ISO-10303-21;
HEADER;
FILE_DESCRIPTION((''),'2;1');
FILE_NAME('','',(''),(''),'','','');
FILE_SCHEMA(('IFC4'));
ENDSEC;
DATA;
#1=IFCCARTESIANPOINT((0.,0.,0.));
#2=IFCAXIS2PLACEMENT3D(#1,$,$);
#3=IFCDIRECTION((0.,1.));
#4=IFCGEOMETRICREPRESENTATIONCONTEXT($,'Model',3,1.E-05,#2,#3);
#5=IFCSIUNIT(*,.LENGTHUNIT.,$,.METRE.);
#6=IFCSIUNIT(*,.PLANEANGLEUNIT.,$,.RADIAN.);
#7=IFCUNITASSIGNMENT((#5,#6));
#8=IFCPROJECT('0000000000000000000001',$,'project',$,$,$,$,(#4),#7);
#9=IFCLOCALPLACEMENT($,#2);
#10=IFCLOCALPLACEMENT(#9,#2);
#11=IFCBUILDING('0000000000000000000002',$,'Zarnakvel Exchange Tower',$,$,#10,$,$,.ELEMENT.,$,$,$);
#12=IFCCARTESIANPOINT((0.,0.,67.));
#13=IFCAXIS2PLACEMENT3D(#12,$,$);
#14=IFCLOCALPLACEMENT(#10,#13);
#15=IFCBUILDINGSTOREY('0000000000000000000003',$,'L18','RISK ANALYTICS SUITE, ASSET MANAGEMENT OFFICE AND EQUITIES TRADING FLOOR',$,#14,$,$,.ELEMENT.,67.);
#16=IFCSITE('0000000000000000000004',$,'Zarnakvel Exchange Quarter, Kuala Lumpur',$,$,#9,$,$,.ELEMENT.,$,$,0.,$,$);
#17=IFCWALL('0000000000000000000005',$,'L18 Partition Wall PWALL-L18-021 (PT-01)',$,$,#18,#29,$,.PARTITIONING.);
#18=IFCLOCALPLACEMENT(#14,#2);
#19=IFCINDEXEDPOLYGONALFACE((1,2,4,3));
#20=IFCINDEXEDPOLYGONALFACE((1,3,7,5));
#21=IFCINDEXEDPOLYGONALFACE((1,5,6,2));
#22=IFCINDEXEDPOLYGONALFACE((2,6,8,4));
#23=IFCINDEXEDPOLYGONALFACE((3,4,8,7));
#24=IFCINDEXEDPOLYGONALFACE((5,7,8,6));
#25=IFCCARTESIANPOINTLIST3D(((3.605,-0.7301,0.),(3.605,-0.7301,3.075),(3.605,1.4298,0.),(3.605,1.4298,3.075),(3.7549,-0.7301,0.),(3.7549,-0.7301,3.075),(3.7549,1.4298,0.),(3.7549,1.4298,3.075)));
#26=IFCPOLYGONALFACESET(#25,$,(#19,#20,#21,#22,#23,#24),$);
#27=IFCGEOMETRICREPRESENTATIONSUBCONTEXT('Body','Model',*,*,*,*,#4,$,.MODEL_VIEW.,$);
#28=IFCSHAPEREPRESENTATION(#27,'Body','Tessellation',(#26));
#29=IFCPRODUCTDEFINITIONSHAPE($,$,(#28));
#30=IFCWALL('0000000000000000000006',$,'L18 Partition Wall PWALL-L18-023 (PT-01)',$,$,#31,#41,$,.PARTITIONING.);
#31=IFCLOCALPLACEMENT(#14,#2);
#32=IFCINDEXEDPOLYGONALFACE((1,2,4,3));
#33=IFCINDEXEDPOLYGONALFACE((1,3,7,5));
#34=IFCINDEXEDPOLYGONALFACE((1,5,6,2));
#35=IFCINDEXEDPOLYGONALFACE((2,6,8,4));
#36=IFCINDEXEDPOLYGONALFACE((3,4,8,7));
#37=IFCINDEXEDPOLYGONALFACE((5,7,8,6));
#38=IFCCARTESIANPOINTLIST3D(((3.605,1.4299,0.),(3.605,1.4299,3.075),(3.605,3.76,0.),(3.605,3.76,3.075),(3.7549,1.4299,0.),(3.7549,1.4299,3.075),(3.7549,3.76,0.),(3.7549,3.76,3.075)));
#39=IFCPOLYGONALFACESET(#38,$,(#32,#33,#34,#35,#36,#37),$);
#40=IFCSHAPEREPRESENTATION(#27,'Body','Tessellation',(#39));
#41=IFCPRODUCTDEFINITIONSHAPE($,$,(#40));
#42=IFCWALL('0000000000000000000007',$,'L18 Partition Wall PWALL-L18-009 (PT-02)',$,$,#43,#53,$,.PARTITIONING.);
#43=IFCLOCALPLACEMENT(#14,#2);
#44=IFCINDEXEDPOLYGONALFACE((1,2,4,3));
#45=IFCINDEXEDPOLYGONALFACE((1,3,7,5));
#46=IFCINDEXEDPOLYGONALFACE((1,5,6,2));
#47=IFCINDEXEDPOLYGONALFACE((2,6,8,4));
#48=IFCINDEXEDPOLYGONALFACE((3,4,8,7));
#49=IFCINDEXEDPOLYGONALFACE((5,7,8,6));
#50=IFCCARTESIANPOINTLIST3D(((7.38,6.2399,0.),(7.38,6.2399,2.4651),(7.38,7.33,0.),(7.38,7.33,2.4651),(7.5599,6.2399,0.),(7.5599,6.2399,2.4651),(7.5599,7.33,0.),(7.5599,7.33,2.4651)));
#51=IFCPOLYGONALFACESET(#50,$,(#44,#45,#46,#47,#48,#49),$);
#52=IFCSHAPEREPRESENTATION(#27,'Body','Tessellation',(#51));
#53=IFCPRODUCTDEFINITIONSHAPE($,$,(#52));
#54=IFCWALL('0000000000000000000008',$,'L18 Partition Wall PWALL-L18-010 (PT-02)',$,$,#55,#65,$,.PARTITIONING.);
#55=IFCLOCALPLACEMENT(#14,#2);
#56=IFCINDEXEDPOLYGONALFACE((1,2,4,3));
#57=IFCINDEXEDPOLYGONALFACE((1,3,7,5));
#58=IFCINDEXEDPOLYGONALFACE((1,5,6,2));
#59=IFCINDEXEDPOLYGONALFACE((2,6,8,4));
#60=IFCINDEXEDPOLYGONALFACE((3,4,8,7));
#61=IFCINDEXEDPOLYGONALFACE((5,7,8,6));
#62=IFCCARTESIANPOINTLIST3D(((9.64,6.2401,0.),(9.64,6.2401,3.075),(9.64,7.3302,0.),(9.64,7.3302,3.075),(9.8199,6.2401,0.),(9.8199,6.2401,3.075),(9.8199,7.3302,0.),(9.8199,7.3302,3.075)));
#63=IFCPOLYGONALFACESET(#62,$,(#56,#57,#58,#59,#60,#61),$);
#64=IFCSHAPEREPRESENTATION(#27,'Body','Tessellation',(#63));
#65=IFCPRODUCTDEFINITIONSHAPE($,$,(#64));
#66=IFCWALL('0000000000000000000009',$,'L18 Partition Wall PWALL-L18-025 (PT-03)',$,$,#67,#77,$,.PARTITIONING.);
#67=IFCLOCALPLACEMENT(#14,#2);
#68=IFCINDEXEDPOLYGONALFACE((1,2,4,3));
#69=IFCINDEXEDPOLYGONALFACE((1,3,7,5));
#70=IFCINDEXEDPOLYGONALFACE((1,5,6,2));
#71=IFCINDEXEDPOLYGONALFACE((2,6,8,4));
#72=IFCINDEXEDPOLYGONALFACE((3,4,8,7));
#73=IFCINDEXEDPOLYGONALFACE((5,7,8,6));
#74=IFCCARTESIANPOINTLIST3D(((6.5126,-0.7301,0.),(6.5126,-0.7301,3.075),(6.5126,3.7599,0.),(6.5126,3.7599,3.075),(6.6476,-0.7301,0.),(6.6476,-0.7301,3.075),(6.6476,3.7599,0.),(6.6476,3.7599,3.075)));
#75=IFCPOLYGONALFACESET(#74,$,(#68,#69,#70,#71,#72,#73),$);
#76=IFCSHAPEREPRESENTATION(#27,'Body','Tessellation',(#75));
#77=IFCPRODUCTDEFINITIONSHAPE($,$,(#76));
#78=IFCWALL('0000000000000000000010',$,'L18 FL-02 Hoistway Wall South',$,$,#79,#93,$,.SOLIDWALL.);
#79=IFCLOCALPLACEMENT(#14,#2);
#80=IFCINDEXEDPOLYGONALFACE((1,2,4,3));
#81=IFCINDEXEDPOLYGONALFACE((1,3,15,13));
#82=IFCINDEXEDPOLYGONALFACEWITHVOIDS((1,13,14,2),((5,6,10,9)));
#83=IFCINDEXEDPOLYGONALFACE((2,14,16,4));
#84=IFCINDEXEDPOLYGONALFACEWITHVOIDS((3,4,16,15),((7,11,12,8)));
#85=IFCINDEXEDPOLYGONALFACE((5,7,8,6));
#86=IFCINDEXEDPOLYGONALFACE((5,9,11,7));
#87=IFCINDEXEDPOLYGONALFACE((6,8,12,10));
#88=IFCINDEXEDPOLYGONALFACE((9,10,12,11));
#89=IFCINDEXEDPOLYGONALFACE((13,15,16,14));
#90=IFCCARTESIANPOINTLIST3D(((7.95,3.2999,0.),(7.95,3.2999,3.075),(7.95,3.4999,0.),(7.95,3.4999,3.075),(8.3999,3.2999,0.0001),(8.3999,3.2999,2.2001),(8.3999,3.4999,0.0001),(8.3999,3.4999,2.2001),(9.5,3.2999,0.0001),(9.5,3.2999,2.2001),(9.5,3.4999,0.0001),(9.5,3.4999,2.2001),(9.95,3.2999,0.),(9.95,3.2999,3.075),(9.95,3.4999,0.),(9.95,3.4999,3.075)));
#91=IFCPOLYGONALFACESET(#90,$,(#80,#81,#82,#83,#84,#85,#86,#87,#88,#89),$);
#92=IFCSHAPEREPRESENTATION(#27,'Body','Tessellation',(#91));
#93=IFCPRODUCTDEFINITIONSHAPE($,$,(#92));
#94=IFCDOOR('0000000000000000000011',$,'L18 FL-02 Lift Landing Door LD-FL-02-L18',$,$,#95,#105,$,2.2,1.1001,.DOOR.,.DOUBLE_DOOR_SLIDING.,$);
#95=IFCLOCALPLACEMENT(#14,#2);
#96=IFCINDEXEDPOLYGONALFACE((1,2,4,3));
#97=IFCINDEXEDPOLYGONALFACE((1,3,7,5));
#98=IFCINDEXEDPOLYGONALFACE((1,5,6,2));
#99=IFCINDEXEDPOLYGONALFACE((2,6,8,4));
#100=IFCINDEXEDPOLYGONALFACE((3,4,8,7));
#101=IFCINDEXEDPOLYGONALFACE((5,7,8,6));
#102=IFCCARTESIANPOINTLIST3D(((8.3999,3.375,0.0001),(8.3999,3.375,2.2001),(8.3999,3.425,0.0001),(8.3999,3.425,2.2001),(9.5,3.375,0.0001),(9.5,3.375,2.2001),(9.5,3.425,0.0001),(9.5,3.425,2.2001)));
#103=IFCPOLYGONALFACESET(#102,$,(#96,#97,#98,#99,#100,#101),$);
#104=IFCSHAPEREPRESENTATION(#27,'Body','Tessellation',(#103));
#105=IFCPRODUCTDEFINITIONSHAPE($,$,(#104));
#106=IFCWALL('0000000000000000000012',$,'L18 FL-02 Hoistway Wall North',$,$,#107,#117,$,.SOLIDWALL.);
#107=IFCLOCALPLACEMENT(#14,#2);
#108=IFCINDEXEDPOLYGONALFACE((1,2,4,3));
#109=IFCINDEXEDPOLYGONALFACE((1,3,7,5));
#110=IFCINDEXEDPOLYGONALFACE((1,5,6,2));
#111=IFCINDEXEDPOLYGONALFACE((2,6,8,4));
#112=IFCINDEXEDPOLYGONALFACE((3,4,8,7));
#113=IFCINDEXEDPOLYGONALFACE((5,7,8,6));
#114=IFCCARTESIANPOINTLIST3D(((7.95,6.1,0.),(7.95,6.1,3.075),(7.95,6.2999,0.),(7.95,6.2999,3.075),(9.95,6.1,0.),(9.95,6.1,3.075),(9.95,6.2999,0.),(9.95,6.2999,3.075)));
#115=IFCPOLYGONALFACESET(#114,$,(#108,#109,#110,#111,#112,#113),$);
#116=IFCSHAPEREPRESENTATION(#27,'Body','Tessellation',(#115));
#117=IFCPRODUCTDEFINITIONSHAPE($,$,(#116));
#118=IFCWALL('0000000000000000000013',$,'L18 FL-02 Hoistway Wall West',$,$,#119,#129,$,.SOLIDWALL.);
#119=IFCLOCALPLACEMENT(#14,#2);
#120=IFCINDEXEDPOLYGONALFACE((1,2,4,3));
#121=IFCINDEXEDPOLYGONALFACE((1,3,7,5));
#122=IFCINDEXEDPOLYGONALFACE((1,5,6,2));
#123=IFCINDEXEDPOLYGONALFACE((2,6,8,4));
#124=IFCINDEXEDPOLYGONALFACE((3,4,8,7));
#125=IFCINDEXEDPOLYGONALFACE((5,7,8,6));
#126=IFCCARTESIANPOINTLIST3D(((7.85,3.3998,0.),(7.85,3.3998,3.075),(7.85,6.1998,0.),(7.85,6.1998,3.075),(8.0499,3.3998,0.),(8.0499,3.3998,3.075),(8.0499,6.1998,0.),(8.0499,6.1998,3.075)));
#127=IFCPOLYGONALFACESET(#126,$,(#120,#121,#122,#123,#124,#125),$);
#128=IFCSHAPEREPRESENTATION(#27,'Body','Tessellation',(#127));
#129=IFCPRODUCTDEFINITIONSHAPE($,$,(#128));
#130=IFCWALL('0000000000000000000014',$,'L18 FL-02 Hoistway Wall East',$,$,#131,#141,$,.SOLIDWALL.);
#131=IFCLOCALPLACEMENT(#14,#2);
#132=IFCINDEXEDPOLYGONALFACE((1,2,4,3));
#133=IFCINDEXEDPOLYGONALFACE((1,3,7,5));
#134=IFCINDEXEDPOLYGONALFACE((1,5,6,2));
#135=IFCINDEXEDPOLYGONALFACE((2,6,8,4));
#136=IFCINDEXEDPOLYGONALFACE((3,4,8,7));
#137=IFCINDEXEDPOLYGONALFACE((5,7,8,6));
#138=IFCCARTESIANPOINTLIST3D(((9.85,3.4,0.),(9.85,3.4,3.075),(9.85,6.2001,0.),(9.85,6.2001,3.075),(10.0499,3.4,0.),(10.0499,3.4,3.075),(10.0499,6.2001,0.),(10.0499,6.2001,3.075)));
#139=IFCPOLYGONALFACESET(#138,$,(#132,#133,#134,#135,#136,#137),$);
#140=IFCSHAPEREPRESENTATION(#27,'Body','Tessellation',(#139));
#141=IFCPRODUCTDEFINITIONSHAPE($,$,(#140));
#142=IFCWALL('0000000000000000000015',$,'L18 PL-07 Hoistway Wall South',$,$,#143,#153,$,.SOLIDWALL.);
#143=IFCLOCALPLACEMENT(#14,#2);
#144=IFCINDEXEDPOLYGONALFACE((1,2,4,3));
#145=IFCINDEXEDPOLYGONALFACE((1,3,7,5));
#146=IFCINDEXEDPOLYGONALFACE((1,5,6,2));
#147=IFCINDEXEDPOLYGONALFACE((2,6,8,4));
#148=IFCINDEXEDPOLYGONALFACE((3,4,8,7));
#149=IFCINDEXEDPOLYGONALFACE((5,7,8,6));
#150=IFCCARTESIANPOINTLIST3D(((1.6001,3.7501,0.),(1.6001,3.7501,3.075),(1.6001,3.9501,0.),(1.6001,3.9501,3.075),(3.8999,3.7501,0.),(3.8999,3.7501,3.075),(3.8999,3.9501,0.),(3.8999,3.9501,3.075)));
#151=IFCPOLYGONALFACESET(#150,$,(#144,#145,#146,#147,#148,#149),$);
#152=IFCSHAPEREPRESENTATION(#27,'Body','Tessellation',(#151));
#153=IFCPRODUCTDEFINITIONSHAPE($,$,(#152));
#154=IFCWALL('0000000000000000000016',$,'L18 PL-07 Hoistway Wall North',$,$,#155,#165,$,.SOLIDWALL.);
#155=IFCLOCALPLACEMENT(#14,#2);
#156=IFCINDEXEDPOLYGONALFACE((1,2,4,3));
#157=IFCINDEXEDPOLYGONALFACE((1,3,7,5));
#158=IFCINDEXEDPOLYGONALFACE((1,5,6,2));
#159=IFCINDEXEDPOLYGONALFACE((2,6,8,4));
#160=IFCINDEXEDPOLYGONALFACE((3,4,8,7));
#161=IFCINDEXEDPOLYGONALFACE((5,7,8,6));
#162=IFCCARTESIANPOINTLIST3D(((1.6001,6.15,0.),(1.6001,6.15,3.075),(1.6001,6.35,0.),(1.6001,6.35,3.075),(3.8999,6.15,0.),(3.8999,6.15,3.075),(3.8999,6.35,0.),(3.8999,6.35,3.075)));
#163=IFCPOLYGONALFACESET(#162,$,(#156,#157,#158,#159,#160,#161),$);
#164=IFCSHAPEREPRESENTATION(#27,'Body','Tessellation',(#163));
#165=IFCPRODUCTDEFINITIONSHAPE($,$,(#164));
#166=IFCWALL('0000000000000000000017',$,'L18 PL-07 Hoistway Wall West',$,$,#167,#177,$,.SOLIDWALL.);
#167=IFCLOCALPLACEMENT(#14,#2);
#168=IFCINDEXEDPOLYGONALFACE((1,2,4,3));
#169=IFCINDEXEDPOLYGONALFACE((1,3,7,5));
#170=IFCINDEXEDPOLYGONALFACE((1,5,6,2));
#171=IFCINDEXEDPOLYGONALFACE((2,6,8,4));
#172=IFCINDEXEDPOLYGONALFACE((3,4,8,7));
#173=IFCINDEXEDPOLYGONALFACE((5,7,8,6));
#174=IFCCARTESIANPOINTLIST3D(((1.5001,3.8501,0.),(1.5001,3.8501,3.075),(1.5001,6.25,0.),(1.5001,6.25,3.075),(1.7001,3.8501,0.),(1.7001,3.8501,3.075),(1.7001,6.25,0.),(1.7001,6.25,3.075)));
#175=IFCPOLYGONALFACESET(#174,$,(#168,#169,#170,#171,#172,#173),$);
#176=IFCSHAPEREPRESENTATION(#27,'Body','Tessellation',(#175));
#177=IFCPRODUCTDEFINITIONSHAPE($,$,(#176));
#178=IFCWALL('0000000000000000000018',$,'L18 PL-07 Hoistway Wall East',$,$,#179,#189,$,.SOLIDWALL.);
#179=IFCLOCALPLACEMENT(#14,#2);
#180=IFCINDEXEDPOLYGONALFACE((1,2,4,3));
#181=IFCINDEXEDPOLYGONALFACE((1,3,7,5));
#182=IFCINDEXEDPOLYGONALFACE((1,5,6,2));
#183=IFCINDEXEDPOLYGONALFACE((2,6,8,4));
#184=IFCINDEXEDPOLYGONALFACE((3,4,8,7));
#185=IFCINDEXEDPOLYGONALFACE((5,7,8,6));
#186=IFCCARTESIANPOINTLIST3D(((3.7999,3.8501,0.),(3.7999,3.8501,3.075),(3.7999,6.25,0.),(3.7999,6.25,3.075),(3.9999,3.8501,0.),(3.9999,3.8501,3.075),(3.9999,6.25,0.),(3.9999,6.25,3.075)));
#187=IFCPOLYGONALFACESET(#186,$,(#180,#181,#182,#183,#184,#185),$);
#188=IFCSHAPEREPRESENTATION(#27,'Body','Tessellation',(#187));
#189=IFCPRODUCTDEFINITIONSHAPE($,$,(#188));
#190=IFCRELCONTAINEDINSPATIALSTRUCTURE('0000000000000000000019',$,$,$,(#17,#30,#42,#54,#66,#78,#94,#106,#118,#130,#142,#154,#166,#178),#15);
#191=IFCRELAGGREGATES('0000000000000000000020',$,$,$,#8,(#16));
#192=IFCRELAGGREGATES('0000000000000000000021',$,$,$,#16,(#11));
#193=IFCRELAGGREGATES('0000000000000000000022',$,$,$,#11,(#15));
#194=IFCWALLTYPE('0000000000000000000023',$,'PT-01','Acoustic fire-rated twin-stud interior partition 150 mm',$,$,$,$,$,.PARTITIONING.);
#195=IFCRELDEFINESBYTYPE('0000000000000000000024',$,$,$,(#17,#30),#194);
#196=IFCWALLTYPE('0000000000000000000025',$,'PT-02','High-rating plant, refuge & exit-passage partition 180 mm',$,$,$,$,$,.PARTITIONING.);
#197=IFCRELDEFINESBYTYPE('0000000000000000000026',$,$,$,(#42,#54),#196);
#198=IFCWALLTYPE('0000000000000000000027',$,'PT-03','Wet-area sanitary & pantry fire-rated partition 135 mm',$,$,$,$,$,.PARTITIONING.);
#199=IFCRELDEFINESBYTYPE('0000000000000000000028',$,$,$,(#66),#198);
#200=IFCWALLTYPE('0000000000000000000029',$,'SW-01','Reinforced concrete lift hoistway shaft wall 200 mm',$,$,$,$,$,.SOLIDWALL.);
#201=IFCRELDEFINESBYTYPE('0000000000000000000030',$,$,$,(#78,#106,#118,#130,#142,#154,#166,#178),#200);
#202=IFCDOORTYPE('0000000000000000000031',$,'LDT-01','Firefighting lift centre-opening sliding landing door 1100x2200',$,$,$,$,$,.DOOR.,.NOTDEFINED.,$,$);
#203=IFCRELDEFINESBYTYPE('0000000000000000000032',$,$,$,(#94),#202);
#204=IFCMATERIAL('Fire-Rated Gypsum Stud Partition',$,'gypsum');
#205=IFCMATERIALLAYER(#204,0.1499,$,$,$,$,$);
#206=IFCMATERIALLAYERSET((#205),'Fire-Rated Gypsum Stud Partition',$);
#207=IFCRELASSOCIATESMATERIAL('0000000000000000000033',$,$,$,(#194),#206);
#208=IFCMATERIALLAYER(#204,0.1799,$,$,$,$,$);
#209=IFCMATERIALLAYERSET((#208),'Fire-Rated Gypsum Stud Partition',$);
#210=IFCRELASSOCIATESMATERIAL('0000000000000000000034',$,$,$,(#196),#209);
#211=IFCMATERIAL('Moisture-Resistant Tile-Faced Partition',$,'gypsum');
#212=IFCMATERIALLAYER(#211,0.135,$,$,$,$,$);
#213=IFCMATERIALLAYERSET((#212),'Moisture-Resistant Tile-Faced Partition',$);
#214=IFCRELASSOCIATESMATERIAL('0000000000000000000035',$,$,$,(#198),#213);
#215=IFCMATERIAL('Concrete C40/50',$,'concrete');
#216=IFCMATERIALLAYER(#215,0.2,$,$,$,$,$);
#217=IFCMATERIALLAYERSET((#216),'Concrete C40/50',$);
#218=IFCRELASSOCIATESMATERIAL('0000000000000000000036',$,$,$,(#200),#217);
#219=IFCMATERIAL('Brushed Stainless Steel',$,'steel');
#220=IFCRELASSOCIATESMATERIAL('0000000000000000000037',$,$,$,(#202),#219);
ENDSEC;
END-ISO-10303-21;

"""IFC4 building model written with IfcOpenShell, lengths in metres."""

from ifc_helpers import new_model, si_unit, direction, frame, frame_2d, origin, place, context, subcontext, project, spatial, rectangle, extrude, source, transform, mapped, material, layer, layer_set, type_object, element, fill, save


model = new_model("IFC4")

# Units and contexts
model_context = context("Model", 3, precision=1e-05, world=origin(), true_north=direction((0.0, 1.0)))
body_context = subcontext(model_context, "Body", "Model", "MODEL_VIEW")
ifc_project = project(units=[si_unit("LENGTHUNIT", "METRE"), si_unit("PLANEANGLEUNIT", "RADIAN")], contexts=[model_context])

# Site, building, storey
site_placement = place(None, origin())
site = spatial("IfcSite", under=ifc_project, at=site_placement, Name="Zarnakvel Exchange Quarter, Kuala Lumpur", CompositionType="ELEMENT", RefElevation=0.0)
building_placement = place(site_placement, origin())
building = spatial("IfcBuilding", under=site, at=building_placement, Name="Zarnakvel Exchange Tower", CompositionType="ELEMENT")
storey_placement = place(building_placement, frame((0.0, 0.0, 67.0)))
storey = spatial("IfcBuildingStorey", under=building, at=storey_placement, Name="L18", Description="RISK ANALYTICS SUITE, ASSET MANAGEMENT OFFICE AND EQUITIES TRADING FLOOR", CompositionType="ELEMENT", Elevation=67.0)

# Walls
ifc_material_1 = material(Name="Fire-Rated Gypsum Stud Partition", Category="gypsum")
ifc_layer_1 = layer(ifc_material_1, 0.1499)
ifc_layer_set_1 = layer_set([ifc_layer_1], Name="Fire-Rated Gypsum Stud Partition")
wall_type_1 = type_object("IfcWallType", Name="PT-01", Description="Acoustic fire-rated twin-stud interior partition 150 mm", PredefinedType="PARTITIONING", material=ifc_layer_set_1)
wall_1_placement = place(storey_placement, frame((3.6799, 1.4299, 0.0), z_axis=(0.0, 0.0, 1.0), x_axis=(0.0, -1.0, 0.0)))
element("IfcWall", 1, at=wall_1_placement, inside=storey, type_object=wall_type_1, Name="L18 Partition Wall PWALL-L18-021 (PT-01)", PredefinedType="PARTITIONING", context=body_context, shape_type="SweptSolid", body=[
    extrude(rectangle(XDim=2.1599, YDim=0.1499, at=frame_2d((1.0801, 0.0))), origin(), (0.0, 0.0, 1.0), 3.075),
])
wall_2_placement = place(storey_placement, frame((3.6799, 3.76, 0.0), z_axis=(0.0, 0.0, 1.0), x_axis=(0.0, -1.0, 0.0)))
element("IfcWall", 2, at=wall_2_placement, inside=storey, type_object=wall_type_1, Name="L18 Partition Wall PWALL-L18-023 (PT-01)", PredefinedType="PARTITIONING", context=body_context, shape_type="SweptSolid", body=[
    extrude(rectangle(XDim=2.3301, YDim=0.1499, at=frame_2d((1.165, 0.0))), origin(), (0.0, 0.0, 1.0), 3.075),
])
ifc_layer_2 = layer(ifc_material_1, 0.1799)
ifc_layer_set_2 = layer_set([ifc_layer_2], Name="Fire-Rated Gypsum Stud Partition")
wall_type_2 = type_object("IfcWallType", Name="PT-02", Description="High-rating plant, refuge & exit-passage partition 180 mm", PredefinedType="PARTITIONING", material=ifc_layer_set_2)
wall_3_placement = place(storey_placement, frame((7.47, 6.24, 0.0), z_axis=(0.0, 0.0, 1.0), x_axis=(0.0, 1.0, 0.0)))
element("IfcWall", 3, at=wall_3_placement, inside=storey, type_object=wall_type_2, Name="L18 Partition Wall PWALL-L18-009 (PT-02)", PredefinedType="PARTITIONING", context=body_context, shape_type="SweptSolid", body=[
    extrude(rectangle(XDim=1.0901, YDim=0.1799, at=frame_2d((0.5449, 0.0))), origin(), (0.0, 0.0, 1.0), 2.4651),
])
wall_4_placement = place(storey_placement, frame((9.73, 7.3301, 0.0), z_axis=(0.0, 0.0, 1.0), x_axis=(0.0, -1.0, 0.0)))
element("IfcWall", 4, at=wall_4_placement, inside=storey, type_object=wall_type_2, Name="L18 Partition Wall PWALL-L18-010 (PT-02)", PredefinedType="PARTITIONING", context=body_context, shape_type="SweptSolid", body=[
    extrude(rectangle(XDim=1.0901, YDim=0.1799, at=frame_2d((0.5449, 0.0))), origin(), (0.0, 0.0, 1.0), 3.075),
])
ifc_material_2 = material(Name="Moisture-Resistant Tile-Faced Partition", Category="gypsum")
ifc_layer_3 = layer(ifc_material_2, 0.135)
ifc_layer_set_3 = layer_set([ifc_layer_3], Name="Moisture-Resistant Tile-Faced Partition")
wall_type_3 = type_object("IfcWallType", Name="PT-03", Description="Wet-area sanitary & pantry fire-rated partition 135 mm", PredefinedType="PARTITIONING", material=ifc_layer_set_3)
wall_5_placement = place(storey_placement, frame((6.5801, 3.76, 0.0), z_axis=(0.0, 0.0, 1.0), x_axis=(0.0, -1.0, 0.0)))
element("IfcWall", 5, at=wall_5_placement, inside=storey, type_object=wall_type_3, Name="L18 Partition Wall PWALL-L18-025 (PT-03)", PredefinedType="PARTITIONING", context=body_context, shape_type="SweptSolid", body=[
    extrude(rectangle(XDim=4.49, YDim=0.135, at=frame_2d((2.2451, 0.0))), origin(), (0.0, 0.0, 1.0), 3.075),
])

# Wall, opening, door
ifc_material_3 = material(Name="Concrete C40/50", Category="concrete")
ifc_layer_4 = layer(ifc_material_3, 0.2)
ifc_layer_set_4 = layer_set([ifc_layer_4], Name="Concrete C40/50")
wall_type_4 = type_object("IfcWallType", Name="SW-01", Description="Reinforced concrete lift hoistway shaft wall 200 mm", PredefinedType="SOLIDWALL", material=ifc_layer_set_4)
wall_6_placement = place(storey_placement, frame((9.95, 3.3999, 0.0), z_axis=(0.0, 0.0, 1.0), x_axis=(-1.0, 0.0, 0.0)))
wall_6 = element("IfcWall", 6, at=wall_6_placement, inside=storey, type_object=wall_type_4, Name="L18 FL-02 Hoistway Wall South", PredefinedType="SOLIDWALL", context=body_context, shape_type="SweptSolid", body=[
    extrude(rectangle(XDim=2.0, YDim=0.2, at=frame_2d((1.0, 0.0))), origin(), (0.0, 0.0, 1.0), 3.075),
])
opening_placement = place(wall_6_placement, frame((0.45, 0.0, 0.0)))
opening = element("IfcOpeningElement", 7, at=opening_placement, cuts=wall_6, PredefinedType="OPENING", context=body_context, shape_type="SweptSolid", body=[
    extrude(rectangle(XDim=1.1001, YDim=2.2, at=frame_2d((0.55, 1.1001))), frame((0.0, 0.1099, 0.0), z_axis=(0.0, -1.0, 0.0), x_axis=(1.0, 0.0, 0.0)), (0.0, 0.0, 1.0), 0.22),
])
ifc_material_4 = material(Name="Brushed Stainless Steel", Category="steel")
door_type = type_object("IfcDoorType", Name="LDT-01", Description="Firefighting lift centre-opening sliding landing door 1100x2200", OperationType="NOTDEFINED", PredefinedType="DOOR", material=ifc_material_4)
shared_shape_1 = source(origin(), body_context, "Body", "SweptSolid", [
    extrude(rectangle(XDim=1.1001, YDim=2.2, at=frame_2d((0.55, 1.1001))), frame((0.0, 0.0249, 0.0), z_axis=(0.0, -1.0, 0.0), x_axis=(1.0, 0.0, 0.0)), (0.0, 0.0, 1.0), 0.05),
])
door_placement = place(opening_placement, origin())
door = element("IfcDoor", 8, at=door_placement, inside=storey, type_object=door_type, Name="L18 FL-02 Lift Landing Door LD-FL-02-L18", OperationType="DOUBLE_DOOR_SLIDING", OverallHeight=2.2, OverallWidth=1.1001, PredefinedType="DOOR", context=body_context, shape_type="MappedRepresentation", body=[
    mapped(shared_shape_1, transform((0.0, 0.0, 0.0), x_axis=(1.0, 0.0, 0.0), y_axis=(0.0, 1.0, 0.0), z_axis=(0.0, 0.0, 1.0), scale=1.0)),
])
fill(opening, door)

# Walls
wall_7_placement = place(storey_placement, frame((7.95, 6.2, 0.0), z_axis=(0.0, 0.0, 1.0), x_axis=(1.0, 0.0, 0.0)))
element("IfcWall", 9, at=wall_7_placement, inside=storey, type_object=wall_type_4, Name="L18 FL-02 Hoistway Wall North", PredefinedType="SOLIDWALL", context=body_context, shape_type="SweptSolid", body=[
    extrude(rectangle(XDim=2.0, YDim=0.2, at=frame_2d((1.0, 0.0))), origin(), (0.0, 0.0, 1.0), 3.075),
])
for number, where, z_axis, x_axis, name in (
    (10, (7.95, 3.3999, 0.0), (0.0, 0.0, 1.0), (0.0, 1.0, 0.0), "L18 FL-02 Hoistway Wall West"),
    (11, (9.95, 6.2, 0.0), (0.0, 0.0, 1.0), (0.0, -1.0, 0.0), "L18 FL-02 Hoistway Wall East"),
):
    element("IfcWall", number, at=place(storey_placement, frame(where, z_axis=z_axis, x_axis=x_axis)), inside=storey, type_object=wall_type_4, Name=name, PredefinedType="SOLIDWALL", context=body_context, shape_type="SweptSolid", body=[
        extrude(rectangle(XDim=2.8, YDim=0.2, at=frame_2d((1.3999, 0.0))), origin(), (0.0, 0.0, 1.0), 3.075),
    ])
for number, where, z_axis, x_axis, name in (
    (12, (3.8999, 3.8501, 0.0), (0.0, 0.0, 1.0), (-1.0, 0.0, 0.0), "L18 PL-07 Hoistway Wall South"),
    (13, (1.6001, 6.25, 0.0), (0.0, 0.0, 1.0), (1.0, 0.0, 0.0), "L18 PL-07 Hoistway Wall North"),
):
    element("IfcWall", number, at=place(storey_placement, frame(where, z_axis=z_axis, x_axis=x_axis)), inside=storey, type_object=wall_type_4, Name=name, PredefinedType="SOLIDWALL", context=body_context, shape_type="SweptSolid", body=[
        extrude(rectangle(XDim=2.2998, YDim=0.2, at=frame_2d((1.1499, 0.0))), origin(), (0.0, 0.0, 1.0), 3.075),
    ])
for number, where, z_axis, x_axis, name in (
    (14, (1.6001, 3.8501, 0.0), (0.0, 0.0, 1.0), (0.0, 1.0, 0.0), "L18 PL-07 Hoistway Wall West"),
    (15, (3.8999, 6.25, 0.0), (0.0, 0.0, 1.0), (0.0, -1.0, 0.0), "L18 PL-07 Hoistway Wall East"),
):
    element("IfcWall", number, at=place(storey_placement, frame(where, z_axis=z_axis, x_axis=x_axis)), inside=storey, type_object=wall_type_4, Name=name, PredefinedType="SOLIDWALL", context=body_context, shape_type="SweptSolid", body=[
        extrude(rectangle(XDim=2.3999, YDim=0.2, at=frame_2d((1.2, 0.0))), origin(), (0.0, 0.0, 1.0), 3.075),
    ])

save(model, "model.ifc")
